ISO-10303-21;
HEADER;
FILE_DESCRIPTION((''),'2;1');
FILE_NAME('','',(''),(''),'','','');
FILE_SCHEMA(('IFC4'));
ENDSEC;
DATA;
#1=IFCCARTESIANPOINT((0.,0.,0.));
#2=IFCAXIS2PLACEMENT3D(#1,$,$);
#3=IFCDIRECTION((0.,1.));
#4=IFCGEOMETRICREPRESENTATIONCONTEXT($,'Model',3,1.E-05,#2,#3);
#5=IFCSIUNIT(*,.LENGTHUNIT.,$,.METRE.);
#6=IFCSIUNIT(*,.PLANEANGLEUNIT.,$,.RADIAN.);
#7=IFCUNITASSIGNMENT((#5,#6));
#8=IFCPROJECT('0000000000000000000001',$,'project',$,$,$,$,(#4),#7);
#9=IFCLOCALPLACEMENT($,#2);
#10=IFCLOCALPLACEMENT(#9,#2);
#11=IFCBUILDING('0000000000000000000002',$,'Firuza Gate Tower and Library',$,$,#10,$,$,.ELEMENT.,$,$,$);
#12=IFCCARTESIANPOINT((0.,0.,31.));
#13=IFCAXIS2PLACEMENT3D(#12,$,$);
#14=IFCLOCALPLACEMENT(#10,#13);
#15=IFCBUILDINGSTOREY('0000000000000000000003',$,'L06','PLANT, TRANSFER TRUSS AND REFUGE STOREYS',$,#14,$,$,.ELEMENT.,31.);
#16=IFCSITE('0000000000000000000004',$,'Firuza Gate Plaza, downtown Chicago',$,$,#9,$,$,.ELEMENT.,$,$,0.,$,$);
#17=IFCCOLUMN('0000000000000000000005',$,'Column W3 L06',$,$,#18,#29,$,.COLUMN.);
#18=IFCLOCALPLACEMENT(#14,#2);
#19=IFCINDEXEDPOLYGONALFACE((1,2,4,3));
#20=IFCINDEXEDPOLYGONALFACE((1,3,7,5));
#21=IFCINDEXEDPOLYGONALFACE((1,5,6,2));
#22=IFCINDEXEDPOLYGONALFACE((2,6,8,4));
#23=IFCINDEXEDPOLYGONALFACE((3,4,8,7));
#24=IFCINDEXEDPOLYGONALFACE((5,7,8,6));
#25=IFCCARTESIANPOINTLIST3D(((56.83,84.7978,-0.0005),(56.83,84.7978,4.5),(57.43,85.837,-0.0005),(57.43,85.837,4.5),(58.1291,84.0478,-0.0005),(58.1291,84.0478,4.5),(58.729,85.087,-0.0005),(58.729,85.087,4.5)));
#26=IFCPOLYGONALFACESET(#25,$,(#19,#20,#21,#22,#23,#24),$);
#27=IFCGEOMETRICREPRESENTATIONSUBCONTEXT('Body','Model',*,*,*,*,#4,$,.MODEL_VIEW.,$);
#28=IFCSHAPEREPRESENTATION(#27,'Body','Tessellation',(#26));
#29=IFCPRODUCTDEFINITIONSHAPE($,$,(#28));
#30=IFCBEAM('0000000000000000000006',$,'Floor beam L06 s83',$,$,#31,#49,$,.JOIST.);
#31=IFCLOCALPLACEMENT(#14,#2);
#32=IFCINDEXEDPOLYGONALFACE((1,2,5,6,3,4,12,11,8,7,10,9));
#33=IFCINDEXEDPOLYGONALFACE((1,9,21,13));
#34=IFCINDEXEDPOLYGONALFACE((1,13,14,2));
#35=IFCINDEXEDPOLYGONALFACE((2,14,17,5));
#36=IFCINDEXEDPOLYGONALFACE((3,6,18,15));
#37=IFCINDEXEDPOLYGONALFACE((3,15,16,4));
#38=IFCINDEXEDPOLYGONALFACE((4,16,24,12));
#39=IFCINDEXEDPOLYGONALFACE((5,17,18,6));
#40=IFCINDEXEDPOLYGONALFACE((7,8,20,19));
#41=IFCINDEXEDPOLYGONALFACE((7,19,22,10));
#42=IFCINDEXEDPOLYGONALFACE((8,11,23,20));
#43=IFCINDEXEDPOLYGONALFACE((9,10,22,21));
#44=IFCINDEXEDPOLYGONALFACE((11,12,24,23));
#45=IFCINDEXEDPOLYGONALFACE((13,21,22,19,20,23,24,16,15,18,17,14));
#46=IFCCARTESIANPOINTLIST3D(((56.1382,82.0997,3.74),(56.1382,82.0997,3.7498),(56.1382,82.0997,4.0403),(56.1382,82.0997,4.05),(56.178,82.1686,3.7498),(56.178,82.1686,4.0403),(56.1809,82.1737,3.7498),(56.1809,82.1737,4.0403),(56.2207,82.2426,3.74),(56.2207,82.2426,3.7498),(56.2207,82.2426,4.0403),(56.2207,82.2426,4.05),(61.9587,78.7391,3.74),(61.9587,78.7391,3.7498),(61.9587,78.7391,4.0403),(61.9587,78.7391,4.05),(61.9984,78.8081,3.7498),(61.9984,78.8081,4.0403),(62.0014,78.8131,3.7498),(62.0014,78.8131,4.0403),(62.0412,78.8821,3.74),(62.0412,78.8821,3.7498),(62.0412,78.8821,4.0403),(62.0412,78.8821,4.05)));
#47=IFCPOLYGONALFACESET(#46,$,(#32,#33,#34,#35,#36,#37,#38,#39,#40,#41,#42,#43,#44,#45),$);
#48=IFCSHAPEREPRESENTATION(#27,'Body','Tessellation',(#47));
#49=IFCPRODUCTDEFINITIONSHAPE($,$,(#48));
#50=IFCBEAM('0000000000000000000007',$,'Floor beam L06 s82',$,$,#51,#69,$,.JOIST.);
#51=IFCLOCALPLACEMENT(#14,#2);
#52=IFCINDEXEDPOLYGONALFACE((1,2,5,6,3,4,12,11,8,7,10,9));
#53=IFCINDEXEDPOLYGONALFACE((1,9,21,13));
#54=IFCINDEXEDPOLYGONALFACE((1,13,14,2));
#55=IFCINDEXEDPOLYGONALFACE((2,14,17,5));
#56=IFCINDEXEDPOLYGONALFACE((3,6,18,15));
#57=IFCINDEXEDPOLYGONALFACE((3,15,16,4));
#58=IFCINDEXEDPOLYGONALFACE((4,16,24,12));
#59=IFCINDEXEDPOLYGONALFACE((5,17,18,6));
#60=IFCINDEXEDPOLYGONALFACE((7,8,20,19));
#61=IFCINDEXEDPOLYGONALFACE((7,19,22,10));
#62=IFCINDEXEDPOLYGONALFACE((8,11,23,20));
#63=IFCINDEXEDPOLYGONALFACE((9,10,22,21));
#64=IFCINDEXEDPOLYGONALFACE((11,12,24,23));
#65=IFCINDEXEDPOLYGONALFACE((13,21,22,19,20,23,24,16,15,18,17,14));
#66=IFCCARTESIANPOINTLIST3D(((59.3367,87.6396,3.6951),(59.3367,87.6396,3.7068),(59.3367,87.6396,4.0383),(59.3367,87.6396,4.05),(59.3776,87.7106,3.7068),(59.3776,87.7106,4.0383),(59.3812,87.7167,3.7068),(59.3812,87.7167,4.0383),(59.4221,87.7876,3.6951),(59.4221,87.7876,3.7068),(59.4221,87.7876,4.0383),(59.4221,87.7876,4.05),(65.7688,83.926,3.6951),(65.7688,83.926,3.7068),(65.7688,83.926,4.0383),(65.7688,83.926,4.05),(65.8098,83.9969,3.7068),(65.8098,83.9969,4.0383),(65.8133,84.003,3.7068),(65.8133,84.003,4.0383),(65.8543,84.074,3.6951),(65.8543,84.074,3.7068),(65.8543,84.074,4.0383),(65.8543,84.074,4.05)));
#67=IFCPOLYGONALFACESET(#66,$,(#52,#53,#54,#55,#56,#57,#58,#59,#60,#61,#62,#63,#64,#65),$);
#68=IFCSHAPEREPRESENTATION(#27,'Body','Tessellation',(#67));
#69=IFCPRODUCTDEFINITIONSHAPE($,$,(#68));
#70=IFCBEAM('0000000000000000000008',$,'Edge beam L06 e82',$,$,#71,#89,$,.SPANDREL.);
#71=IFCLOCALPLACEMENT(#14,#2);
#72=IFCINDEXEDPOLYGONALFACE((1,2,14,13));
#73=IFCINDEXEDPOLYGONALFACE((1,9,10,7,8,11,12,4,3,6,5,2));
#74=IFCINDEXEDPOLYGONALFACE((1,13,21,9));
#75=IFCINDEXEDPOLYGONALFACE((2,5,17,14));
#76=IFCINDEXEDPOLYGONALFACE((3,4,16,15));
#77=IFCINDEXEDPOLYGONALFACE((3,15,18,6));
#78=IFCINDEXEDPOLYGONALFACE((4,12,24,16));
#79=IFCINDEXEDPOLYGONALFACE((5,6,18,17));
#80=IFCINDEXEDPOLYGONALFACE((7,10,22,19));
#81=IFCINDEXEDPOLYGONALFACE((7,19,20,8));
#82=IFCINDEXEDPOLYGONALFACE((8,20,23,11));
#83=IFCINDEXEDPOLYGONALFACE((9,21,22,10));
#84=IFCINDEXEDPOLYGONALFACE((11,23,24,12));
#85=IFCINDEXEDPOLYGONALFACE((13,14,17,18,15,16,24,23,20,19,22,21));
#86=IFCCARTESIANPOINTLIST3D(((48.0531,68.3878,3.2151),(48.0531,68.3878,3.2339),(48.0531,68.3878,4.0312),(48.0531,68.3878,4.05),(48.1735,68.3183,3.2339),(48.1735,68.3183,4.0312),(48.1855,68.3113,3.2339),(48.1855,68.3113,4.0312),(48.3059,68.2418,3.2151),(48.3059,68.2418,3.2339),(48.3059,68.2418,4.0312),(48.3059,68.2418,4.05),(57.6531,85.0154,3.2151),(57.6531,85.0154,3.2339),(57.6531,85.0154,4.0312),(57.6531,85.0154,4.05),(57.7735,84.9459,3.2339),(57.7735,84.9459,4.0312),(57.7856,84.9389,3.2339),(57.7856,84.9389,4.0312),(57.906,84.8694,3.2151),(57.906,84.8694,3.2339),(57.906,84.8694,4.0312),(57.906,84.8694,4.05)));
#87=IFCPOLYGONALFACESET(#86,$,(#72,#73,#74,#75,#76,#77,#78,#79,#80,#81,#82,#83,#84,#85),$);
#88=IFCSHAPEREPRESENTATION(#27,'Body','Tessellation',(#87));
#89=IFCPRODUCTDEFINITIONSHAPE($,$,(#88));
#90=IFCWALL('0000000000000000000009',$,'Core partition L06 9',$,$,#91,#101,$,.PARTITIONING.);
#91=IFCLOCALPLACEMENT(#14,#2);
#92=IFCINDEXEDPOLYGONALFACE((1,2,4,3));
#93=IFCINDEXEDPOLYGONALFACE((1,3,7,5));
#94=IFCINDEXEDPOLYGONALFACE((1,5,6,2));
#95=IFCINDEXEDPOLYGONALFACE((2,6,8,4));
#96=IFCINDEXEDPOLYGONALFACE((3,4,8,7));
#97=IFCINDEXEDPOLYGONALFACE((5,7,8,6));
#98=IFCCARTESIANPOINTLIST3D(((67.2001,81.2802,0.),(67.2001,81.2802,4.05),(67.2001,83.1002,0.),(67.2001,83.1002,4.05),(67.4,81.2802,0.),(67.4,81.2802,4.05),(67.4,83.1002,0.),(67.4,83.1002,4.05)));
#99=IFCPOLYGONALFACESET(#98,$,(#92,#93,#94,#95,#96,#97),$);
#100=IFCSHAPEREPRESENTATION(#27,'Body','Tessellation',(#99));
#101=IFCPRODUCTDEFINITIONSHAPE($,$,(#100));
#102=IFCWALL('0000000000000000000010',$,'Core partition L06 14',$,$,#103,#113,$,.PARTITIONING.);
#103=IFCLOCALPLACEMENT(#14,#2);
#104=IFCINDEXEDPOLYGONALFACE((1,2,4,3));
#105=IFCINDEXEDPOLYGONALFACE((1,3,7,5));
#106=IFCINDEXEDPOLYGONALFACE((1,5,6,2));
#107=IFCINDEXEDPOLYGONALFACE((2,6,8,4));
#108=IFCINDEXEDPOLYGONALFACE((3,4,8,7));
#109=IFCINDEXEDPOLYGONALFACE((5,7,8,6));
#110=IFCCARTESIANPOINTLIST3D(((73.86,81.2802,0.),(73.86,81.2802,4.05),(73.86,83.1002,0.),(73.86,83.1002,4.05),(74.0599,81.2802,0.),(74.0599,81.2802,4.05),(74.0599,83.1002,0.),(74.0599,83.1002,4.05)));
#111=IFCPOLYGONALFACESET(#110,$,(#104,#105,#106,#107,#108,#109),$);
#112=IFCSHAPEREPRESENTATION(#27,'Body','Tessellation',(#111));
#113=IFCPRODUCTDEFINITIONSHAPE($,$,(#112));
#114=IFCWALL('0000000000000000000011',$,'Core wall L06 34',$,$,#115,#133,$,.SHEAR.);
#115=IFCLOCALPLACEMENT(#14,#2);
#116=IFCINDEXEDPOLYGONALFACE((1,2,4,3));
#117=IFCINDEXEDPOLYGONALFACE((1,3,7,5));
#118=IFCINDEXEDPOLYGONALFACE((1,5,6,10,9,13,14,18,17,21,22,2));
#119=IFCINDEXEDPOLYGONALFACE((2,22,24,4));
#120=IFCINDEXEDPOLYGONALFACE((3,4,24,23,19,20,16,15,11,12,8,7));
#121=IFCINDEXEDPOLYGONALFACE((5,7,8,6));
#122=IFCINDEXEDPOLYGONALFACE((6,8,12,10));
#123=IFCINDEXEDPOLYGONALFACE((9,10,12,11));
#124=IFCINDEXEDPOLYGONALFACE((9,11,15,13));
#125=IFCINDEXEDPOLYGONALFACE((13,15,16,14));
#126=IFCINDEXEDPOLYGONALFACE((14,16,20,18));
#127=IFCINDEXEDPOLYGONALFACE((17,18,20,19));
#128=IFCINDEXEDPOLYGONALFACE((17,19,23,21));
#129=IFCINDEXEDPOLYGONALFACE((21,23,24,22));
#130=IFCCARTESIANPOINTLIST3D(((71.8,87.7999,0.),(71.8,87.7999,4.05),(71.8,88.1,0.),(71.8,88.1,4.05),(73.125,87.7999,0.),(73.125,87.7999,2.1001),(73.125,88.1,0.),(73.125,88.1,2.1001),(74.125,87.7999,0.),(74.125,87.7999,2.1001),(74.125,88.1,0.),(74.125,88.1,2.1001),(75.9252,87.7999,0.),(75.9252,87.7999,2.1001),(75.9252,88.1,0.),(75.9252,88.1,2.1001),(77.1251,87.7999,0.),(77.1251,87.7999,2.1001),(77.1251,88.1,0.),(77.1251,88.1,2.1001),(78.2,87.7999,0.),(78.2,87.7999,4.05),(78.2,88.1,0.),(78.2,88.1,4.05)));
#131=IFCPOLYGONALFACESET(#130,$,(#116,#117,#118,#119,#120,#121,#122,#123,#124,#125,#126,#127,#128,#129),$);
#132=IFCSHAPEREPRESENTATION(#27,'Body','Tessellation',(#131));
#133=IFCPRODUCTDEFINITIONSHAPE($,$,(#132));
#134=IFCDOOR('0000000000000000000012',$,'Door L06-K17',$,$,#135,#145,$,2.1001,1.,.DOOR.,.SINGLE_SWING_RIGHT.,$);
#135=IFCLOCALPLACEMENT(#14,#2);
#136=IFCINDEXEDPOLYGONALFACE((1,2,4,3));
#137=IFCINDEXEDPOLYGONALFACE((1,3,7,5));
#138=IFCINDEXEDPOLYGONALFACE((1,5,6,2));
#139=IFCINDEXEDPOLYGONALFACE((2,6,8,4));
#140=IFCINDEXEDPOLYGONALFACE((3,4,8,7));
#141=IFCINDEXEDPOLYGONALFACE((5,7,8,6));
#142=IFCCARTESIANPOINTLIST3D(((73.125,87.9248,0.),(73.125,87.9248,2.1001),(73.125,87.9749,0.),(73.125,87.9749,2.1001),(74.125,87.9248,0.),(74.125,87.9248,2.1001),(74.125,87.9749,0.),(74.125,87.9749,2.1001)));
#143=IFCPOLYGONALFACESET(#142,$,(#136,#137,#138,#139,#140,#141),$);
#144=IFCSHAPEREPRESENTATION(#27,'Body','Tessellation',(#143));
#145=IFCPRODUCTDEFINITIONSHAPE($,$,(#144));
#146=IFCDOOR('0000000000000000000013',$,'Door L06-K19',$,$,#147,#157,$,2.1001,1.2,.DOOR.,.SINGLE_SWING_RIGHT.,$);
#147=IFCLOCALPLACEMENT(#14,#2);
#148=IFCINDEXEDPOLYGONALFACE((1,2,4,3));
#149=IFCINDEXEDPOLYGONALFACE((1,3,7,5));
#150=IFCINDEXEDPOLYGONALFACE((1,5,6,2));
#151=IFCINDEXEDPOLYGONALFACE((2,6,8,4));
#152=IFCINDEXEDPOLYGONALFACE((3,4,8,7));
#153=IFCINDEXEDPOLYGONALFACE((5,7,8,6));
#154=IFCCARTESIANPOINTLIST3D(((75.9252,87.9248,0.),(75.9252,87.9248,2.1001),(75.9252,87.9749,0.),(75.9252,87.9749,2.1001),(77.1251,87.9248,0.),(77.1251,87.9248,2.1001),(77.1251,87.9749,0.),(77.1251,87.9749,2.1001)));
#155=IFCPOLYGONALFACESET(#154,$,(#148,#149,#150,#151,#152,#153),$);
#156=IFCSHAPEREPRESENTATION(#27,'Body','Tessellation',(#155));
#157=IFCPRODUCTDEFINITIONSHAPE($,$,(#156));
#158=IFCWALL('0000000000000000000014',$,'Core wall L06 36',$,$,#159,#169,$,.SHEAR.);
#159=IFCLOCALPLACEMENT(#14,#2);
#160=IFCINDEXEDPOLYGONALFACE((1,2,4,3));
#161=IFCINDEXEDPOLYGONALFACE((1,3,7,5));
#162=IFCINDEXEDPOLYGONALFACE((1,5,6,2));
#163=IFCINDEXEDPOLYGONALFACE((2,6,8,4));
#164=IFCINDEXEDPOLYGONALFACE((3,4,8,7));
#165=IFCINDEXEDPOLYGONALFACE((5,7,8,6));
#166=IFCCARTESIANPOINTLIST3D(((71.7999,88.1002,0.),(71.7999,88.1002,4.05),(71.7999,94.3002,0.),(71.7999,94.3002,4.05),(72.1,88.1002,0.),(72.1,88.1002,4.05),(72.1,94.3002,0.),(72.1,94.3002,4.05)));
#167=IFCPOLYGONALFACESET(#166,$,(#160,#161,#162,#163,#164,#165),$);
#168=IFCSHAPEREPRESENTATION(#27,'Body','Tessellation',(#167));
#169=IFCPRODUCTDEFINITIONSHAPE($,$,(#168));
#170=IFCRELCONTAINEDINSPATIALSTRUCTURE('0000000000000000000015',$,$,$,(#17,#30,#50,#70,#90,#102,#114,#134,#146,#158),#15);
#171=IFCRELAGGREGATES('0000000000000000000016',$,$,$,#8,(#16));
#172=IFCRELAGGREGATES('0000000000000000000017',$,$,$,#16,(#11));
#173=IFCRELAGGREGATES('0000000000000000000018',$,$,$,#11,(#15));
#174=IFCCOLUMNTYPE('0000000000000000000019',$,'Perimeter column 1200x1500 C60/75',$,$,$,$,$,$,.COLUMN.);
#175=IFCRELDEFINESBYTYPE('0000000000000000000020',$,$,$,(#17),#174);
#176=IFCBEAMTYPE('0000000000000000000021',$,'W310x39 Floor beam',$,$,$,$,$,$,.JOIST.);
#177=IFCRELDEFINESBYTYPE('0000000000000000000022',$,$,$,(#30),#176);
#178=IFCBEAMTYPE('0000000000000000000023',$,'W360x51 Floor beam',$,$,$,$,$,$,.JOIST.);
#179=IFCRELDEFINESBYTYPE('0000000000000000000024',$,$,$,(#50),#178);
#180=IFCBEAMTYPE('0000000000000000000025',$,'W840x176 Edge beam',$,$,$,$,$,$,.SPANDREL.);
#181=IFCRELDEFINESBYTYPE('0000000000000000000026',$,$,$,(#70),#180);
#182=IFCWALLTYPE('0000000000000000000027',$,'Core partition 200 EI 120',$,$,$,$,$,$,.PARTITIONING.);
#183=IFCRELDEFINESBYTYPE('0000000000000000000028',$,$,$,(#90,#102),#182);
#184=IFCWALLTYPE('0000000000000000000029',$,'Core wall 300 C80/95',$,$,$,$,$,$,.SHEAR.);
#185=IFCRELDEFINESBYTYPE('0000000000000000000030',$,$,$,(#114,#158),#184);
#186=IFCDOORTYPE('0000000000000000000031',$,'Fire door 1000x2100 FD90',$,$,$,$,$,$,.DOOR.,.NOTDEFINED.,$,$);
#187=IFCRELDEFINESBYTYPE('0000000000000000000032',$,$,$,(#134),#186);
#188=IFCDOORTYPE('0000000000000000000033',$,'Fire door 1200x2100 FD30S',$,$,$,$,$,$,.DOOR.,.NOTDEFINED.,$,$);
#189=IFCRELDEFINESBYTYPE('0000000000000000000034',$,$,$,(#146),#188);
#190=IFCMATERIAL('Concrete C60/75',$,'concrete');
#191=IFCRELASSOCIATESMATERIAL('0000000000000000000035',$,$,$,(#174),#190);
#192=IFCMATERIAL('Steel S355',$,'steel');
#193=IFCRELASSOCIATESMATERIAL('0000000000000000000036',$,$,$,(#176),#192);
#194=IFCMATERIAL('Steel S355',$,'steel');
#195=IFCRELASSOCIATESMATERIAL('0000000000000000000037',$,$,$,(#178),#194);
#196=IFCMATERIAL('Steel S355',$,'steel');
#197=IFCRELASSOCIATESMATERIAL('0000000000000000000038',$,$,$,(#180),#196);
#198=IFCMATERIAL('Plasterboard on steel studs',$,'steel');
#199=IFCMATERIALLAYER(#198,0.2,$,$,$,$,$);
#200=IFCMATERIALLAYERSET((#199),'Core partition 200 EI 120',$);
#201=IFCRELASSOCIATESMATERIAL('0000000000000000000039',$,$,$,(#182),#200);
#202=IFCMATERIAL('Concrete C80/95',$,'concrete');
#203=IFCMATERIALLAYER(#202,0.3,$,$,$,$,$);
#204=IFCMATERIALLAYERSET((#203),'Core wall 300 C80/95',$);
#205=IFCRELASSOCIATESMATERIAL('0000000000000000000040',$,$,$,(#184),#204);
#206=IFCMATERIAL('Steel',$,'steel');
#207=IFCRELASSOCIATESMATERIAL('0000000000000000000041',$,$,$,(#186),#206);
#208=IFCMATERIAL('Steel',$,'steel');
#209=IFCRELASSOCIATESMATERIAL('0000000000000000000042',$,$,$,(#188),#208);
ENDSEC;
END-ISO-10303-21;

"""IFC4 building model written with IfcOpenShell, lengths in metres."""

from ifc_helpers import new_model, si_unit, direction, frame, frame_2d, origin, origin_2d, place, context, subcontext, project, spatial, rectangle, i_section, extrude, material, layer, layer_set, material_profile, profile_set, type_object, element, fill, save


model = new_model("IFC4")

# Units and contexts
model_context = context("Model", 3, precision=1e-05, world=origin(), true_north=direction((0.0, 1.0)))
body_context = subcontext(model_context, "Body", "Model", "MODEL_VIEW")
ifc_project = project(units=[si_unit("LENGTHUNIT", "METRE"), si_unit("PLANEANGLEUNIT", "RADIAN")], contexts=[model_context])

# Site, building, storey
site_placement = place(None, origin())
site = spatial("IfcSite", under=ifc_project, at=site_placement, Name="Firuza Gate Plaza, downtown Chicago", CompositionType="ELEMENT", RefElevation=0.0)
building_placement = place(site_placement, origin())
building = spatial("IfcBuilding", under=site, at=building_placement, Name="Firuza Gate Tower and Library", CompositionType="ELEMENT")
storey_placement = place(building_placement, frame((0.0, 0.0, 31.0)))
storey = spatial("IfcBuildingStorey", under=building, at=storey_placement, Name="L06", Description="PLANT, TRANSFER TRUSS AND REFUGE STOREYS", CompositionType="ELEMENT", Elevation=31.0)

# Column
ifc_material_1 = material(Name="Concrete C60/75", Category="concrete")
ifc_material_profile_1 = material_profile(ifc_material_1, rectangle(XDim=1.2, YDim=1.5, at=origin_2d()))
ifc_profile_set_1 = profile_set([ifc_material_profile_1], Name="Concrete C60/75")
column_type = type_object("IfcColumnType", Name="Perimeter column 1200x1500 C60/75", PredefinedType="COLUMN", material=ifc_profile_set_1)
column_placement = place(storey_placement, frame((57.7795, 84.9424, -0.0005), z_axis=(0.0, 0.0, 1.0), x_axis=(-0.5, -0.866025, 0.0)))
element("IfcColumn", 1, at=column_placement, inside=storey, type_object=column_type, Name="Column W3 L06", PredefinedType="COLUMN", context=body_context, shape_type="SweptSolid", body=[
    extrude(rectangle(XDim=1.2, YDim=1.5, at=origin_2d()), origin(), (0.0, 0.0, 1.0), 4.5005),
])

# Beams
ifc_material_2 = material(Name="Steel S355", Category="steel")
ifc_material_profile_2 = material_profile(ifc_material_2, i_section(OverallWidth=0.165, OverallDepth=0.3101, WebThickness=0.0059, FlangeThickness=0.0098, at=origin_2d()))
ifc_profile_set_2 = profile_set([ifc_material_profile_2], Name="Steel S355")
beam_type_1 = type_object("IfcBeamType", Name="W310x39 Floor beam", PredefinedType="JOIST", material=ifc_profile_set_2)
beam_1_placement = place(storey_placement, frame((56.1794, 82.1711, 3.895), z_axis=(0.866019, -0.500011, 0.0), x_axis=(0.500011, 0.866019, 0.0)))
element("IfcBeam", 2, at=beam_1_placement, inside=storey, type_object=beam_type_1, Name="Floor beam L06 s83", PredefinedType="JOIST", context=body_context, shape_type="SweptSolid", body=[
    extrude(i_section(OverallWidth=0.165, OverallDepth=0.3101, WebThickness=0.0059, FlangeThickness=0.0098, at=origin_2d()), origin(), (0.0, 0.0, 1.0), 6.7209),
])
ifc_material_3 = material(Name="Steel S355", Category="steel")
ifc_material_profile_3 = material_profile(ifc_material_3, i_section(OverallWidth=0.1709, OverallDepth=0.355, WebThickness=0.0071, FlangeThickness=0.0117, at=origin_2d()))
ifc_profile_set_3 = profile_set([ifc_material_profile_3], Name="Steel S355")
beam_type_2 = type_object("IfcBeamType", Name="W360x51 Floor beam", PredefinedType="JOIST", material=ifc_profile_set_3)
beam_2_placement = place(storey_placement, frame((59.3794, 87.7136, 3.8726), z_axis=(0.866024, -0.500003, 0.0), x_axis=(0.500003, 0.866024, 0.0)))
element("IfcBeam", 3, at=beam_2_placement, inside=storey, type_object=beam_type_2, Name="Floor beam L06 s82", PredefinedType="JOIST", context=body_context, shape_type="SweptSolid", body=[
    extrude(i_section(OverallWidth=0.1709, OverallDepth=0.355, WebThickness=0.0071, FlangeThickness=0.0117, at=origin_2d()), origin(), (0.0, 0.0, 1.0), 7.4272),
])
ifc_material_4 = material(Name="Steel S355", Category="steel")
ifc_material_profile_4 = material_profile(ifc_material_4, i_section(OverallWidth=0.292, OverallDepth=0.835, WebThickness=0.0139, FlangeThickness=0.0188, at=origin_2d()))
ifc_profile_set_4 = profile_set([ifc_material_profile_4], Name="Steel S355")
beam_type_3 = type_object("IfcBeamType", Name="W840x176 Edge beam", PredefinedType="SPANDREL", material=ifc_profile_set_4)
beam_3_placement = place(storey_placement, frame((57.7795, 84.9424, 3.6326), z_axis=(-0.500004, -0.866023, 0.0), x_axis=(0.866023, -0.500004, 0.0)))
element("IfcBeam", 4, at=beam_3_placement, inside=storey, type_object=beam_type_3, Name="Edge beam L06 e82", PredefinedType="SPANDREL", context=body_context, shape_type="SweptSolid", body=[
    extrude(i_section(OverallWidth=0.292, OverallDepth=0.835, WebThickness=0.0139, FlangeThickness=0.0188, at=origin_2d()), origin(), (0.0, 0.0, 1.0), 19.2),
])

# Walls
ifc_material_5 = material(Name="Plasterboard on steel studs", Category="steel")
ifc_layer_1 = layer(ifc_material_5, 0.2)
ifc_layer_set_1 = layer_set([ifc_layer_1], Name="Core partition 200 EI 120")
wall_type_1 = type_object("IfcWallType", Name="Core partition 200 EI 120", PredefinedType="PARTITIONING", material=ifc_layer_set_1)
for number, where, z_axis, x_axis, name in (
    (5, (67.3, 81.28, 0.0), (0.0, 0.0, 1.0), (0.0, 1.0, 0.0), "Core partition L06 9"),
    (6, (73.96, 81.28, 0.0), (0.0, 0.0, 1.0), (0.0, 1.0, 0.0), "Core partition L06 14"),
):
    element("IfcWall", number, at=place(storey_placement, frame(where, z_axis=z_axis, x_axis=x_axis)), inside=storey, type_object=wall_type_1, Name=name, PredefinedType="PARTITIONING", context=body_context, shape_type="SweptSolid", body=[
        extrude(rectangle(XDim=1.8201, YDim=0.2, at=frame_2d((0.9102, 0.0))), origin(), (0.0, 0.0, 1.0), 4.05),
    ])

# Wall, openings, doors
ifc_material_6 = material(Name="Concrete C80/95", Category="concrete")
ifc_layer_2 = layer(ifc_material_6, 0.3)
ifc_layer_set_2 = layer_set([ifc_layer_2], Name="Core wall 300 C80/95")
wall_type_2 = type_object("IfcWallType", Name="Core wall 300 C80/95", PredefinedType="SHEAR", material=ifc_layer_set_2)
wall_1_placement = place(storey_placement, frame((71.8, 87.95, 0.0), z_axis=(0.0, 0.0, 1.0), x_axis=(1.0, 0.0, 0.0)))
wall_1 = element("IfcWall", 7, at=wall_1_placement, inside=storey, type_object=wall_type_2, Name="Core wall L06 34", PredefinedType="SHEAR", context=body_context, shape_type="SweptSolid", body=[
    extrude(rectangle(XDim=6.3999, YDim=0.3, at=frame_2d((3.2, 0.0))), origin(), (0.0, 0.0, 1.0), 4.05),
])
opening_1_placement = place(wall_1_placement, frame((1.325, 0.0, 0.0)))
opening_1 = element("IfcOpeningElement", 8, at=opening_1_placement, cuts=wall_1, PredefinedType="OPENING", context=body_context, shape_type="SweptSolid", body=[
    extrude(rectangle(XDim=1.0, YDim=2.1001, at=frame_2d((0.5, 1.05))), frame((0.0, 0.1602, 0.0), z_axis=(0.0, -1.0, 0.0), x_axis=(1.0, 0.0, 0.0)), (0.0, 0.0, 1.0), 0.3201),
])
opening_2_placement = place(wall_1_placement, frame((4.125, 0.0, 0.0)))
opening_2 = element("IfcOpeningElement", 9, at=opening_2_placement, cuts=wall_1, PredefinedType="OPENING", context=body_context, shape_type="SweptSolid", body=[
    extrude(rectangle(XDim=1.2, YDim=2.1001, at=frame_2d((0.6001, 1.05))), frame((0.0, 0.1602, 0.0), z_axis=(0.0, -1.0, 0.0), x_axis=(1.0, 0.0, 0.0)), (0.0, 0.0, 1.0), 0.3201),
])
ifc_material_7 = material(Name="Steel", Category="steel")
door_type_1 = type_object("IfcDoorType", Name="Fire door 1000x2100 FD90", OperationType="NOTDEFINED", PredefinedType="DOOR", material=ifc_material_7)
door_1_placement = place(opening_1_placement, origin())
door_1 = element("IfcDoor", 10, at=door_1_placement, inside=storey, type_object=door_type_1, Name="Door L06-K17", OperationType="SINGLE_SWING_RIGHT", OverallHeight=2.1001, OverallWidth=1.0, PredefinedType="DOOR", context=body_context, shape_type="SweptSolid", body=[
    extrude(rectangle(XDim=1.0, YDim=2.1001, at=frame_2d((0.5, 1.05))), frame((0.0, 0.0249, 0.0), z_axis=(0.0, -1.0, 0.0), x_axis=(1.0, 0.0, 0.0)), (0.0, 0.0, 1.0), 0.05),
])
fill(opening_1, door_1)
ifc_material_8 = material(Name="Steel", Category="steel")
door_type_2 = type_object("IfcDoorType", Name="Fire door 1200x2100 FD30S", OperationType="NOTDEFINED", PredefinedType="DOOR", material=ifc_material_8)
door_2_placement = place(opening_2_placement, origin())
door_2 = element("IfcDoor", 11, at=door_2_placement, inside=storey, type_object=door_type_2, Name="Door L06-K19", OperationType="SINGLE_SWING_RIGHT", OverallHeight=2.1001, OverallWidth=1.2, PredefinedType="DOOR", context=body_context, shape_type="SweptSolid", body=[
    extrude(rectangle(XDim=1.2, YDim=2.1001, at=frame_2d((0.6001, 1.05))), frame((0.0, 0.0249, 0.0), z_axis=(0.0, -1.0, 0.0), x_axis=(1.0, 0.0, 0.0)), (0.0, 0.0, 1.0), 0.05),
])
fill(opening_2, door_2)

# Wall
wall_2_placement = place(storey_placement, frame((71.95, 88.1001, 0.0), z_axis=(0.0, 0.0, 1.0), x_axis=(0.0, 1.0, 0.0)))
element("IfcWall", 12, at=wall_2_placement, inside=storey, type_object=wall_type_2, Name="Core wall L06 36", PredefinedType="SHEAR", context=body_context, shape_type="SweptSolid", body=[
    extrude(rectangle(XDim=6.2, YDim=0.3, at=frame_2d((3.1001, 0.0))), origin(), (0.0, 0.0, 1.0), 4.05),
])

save(model, "model.ifc")
